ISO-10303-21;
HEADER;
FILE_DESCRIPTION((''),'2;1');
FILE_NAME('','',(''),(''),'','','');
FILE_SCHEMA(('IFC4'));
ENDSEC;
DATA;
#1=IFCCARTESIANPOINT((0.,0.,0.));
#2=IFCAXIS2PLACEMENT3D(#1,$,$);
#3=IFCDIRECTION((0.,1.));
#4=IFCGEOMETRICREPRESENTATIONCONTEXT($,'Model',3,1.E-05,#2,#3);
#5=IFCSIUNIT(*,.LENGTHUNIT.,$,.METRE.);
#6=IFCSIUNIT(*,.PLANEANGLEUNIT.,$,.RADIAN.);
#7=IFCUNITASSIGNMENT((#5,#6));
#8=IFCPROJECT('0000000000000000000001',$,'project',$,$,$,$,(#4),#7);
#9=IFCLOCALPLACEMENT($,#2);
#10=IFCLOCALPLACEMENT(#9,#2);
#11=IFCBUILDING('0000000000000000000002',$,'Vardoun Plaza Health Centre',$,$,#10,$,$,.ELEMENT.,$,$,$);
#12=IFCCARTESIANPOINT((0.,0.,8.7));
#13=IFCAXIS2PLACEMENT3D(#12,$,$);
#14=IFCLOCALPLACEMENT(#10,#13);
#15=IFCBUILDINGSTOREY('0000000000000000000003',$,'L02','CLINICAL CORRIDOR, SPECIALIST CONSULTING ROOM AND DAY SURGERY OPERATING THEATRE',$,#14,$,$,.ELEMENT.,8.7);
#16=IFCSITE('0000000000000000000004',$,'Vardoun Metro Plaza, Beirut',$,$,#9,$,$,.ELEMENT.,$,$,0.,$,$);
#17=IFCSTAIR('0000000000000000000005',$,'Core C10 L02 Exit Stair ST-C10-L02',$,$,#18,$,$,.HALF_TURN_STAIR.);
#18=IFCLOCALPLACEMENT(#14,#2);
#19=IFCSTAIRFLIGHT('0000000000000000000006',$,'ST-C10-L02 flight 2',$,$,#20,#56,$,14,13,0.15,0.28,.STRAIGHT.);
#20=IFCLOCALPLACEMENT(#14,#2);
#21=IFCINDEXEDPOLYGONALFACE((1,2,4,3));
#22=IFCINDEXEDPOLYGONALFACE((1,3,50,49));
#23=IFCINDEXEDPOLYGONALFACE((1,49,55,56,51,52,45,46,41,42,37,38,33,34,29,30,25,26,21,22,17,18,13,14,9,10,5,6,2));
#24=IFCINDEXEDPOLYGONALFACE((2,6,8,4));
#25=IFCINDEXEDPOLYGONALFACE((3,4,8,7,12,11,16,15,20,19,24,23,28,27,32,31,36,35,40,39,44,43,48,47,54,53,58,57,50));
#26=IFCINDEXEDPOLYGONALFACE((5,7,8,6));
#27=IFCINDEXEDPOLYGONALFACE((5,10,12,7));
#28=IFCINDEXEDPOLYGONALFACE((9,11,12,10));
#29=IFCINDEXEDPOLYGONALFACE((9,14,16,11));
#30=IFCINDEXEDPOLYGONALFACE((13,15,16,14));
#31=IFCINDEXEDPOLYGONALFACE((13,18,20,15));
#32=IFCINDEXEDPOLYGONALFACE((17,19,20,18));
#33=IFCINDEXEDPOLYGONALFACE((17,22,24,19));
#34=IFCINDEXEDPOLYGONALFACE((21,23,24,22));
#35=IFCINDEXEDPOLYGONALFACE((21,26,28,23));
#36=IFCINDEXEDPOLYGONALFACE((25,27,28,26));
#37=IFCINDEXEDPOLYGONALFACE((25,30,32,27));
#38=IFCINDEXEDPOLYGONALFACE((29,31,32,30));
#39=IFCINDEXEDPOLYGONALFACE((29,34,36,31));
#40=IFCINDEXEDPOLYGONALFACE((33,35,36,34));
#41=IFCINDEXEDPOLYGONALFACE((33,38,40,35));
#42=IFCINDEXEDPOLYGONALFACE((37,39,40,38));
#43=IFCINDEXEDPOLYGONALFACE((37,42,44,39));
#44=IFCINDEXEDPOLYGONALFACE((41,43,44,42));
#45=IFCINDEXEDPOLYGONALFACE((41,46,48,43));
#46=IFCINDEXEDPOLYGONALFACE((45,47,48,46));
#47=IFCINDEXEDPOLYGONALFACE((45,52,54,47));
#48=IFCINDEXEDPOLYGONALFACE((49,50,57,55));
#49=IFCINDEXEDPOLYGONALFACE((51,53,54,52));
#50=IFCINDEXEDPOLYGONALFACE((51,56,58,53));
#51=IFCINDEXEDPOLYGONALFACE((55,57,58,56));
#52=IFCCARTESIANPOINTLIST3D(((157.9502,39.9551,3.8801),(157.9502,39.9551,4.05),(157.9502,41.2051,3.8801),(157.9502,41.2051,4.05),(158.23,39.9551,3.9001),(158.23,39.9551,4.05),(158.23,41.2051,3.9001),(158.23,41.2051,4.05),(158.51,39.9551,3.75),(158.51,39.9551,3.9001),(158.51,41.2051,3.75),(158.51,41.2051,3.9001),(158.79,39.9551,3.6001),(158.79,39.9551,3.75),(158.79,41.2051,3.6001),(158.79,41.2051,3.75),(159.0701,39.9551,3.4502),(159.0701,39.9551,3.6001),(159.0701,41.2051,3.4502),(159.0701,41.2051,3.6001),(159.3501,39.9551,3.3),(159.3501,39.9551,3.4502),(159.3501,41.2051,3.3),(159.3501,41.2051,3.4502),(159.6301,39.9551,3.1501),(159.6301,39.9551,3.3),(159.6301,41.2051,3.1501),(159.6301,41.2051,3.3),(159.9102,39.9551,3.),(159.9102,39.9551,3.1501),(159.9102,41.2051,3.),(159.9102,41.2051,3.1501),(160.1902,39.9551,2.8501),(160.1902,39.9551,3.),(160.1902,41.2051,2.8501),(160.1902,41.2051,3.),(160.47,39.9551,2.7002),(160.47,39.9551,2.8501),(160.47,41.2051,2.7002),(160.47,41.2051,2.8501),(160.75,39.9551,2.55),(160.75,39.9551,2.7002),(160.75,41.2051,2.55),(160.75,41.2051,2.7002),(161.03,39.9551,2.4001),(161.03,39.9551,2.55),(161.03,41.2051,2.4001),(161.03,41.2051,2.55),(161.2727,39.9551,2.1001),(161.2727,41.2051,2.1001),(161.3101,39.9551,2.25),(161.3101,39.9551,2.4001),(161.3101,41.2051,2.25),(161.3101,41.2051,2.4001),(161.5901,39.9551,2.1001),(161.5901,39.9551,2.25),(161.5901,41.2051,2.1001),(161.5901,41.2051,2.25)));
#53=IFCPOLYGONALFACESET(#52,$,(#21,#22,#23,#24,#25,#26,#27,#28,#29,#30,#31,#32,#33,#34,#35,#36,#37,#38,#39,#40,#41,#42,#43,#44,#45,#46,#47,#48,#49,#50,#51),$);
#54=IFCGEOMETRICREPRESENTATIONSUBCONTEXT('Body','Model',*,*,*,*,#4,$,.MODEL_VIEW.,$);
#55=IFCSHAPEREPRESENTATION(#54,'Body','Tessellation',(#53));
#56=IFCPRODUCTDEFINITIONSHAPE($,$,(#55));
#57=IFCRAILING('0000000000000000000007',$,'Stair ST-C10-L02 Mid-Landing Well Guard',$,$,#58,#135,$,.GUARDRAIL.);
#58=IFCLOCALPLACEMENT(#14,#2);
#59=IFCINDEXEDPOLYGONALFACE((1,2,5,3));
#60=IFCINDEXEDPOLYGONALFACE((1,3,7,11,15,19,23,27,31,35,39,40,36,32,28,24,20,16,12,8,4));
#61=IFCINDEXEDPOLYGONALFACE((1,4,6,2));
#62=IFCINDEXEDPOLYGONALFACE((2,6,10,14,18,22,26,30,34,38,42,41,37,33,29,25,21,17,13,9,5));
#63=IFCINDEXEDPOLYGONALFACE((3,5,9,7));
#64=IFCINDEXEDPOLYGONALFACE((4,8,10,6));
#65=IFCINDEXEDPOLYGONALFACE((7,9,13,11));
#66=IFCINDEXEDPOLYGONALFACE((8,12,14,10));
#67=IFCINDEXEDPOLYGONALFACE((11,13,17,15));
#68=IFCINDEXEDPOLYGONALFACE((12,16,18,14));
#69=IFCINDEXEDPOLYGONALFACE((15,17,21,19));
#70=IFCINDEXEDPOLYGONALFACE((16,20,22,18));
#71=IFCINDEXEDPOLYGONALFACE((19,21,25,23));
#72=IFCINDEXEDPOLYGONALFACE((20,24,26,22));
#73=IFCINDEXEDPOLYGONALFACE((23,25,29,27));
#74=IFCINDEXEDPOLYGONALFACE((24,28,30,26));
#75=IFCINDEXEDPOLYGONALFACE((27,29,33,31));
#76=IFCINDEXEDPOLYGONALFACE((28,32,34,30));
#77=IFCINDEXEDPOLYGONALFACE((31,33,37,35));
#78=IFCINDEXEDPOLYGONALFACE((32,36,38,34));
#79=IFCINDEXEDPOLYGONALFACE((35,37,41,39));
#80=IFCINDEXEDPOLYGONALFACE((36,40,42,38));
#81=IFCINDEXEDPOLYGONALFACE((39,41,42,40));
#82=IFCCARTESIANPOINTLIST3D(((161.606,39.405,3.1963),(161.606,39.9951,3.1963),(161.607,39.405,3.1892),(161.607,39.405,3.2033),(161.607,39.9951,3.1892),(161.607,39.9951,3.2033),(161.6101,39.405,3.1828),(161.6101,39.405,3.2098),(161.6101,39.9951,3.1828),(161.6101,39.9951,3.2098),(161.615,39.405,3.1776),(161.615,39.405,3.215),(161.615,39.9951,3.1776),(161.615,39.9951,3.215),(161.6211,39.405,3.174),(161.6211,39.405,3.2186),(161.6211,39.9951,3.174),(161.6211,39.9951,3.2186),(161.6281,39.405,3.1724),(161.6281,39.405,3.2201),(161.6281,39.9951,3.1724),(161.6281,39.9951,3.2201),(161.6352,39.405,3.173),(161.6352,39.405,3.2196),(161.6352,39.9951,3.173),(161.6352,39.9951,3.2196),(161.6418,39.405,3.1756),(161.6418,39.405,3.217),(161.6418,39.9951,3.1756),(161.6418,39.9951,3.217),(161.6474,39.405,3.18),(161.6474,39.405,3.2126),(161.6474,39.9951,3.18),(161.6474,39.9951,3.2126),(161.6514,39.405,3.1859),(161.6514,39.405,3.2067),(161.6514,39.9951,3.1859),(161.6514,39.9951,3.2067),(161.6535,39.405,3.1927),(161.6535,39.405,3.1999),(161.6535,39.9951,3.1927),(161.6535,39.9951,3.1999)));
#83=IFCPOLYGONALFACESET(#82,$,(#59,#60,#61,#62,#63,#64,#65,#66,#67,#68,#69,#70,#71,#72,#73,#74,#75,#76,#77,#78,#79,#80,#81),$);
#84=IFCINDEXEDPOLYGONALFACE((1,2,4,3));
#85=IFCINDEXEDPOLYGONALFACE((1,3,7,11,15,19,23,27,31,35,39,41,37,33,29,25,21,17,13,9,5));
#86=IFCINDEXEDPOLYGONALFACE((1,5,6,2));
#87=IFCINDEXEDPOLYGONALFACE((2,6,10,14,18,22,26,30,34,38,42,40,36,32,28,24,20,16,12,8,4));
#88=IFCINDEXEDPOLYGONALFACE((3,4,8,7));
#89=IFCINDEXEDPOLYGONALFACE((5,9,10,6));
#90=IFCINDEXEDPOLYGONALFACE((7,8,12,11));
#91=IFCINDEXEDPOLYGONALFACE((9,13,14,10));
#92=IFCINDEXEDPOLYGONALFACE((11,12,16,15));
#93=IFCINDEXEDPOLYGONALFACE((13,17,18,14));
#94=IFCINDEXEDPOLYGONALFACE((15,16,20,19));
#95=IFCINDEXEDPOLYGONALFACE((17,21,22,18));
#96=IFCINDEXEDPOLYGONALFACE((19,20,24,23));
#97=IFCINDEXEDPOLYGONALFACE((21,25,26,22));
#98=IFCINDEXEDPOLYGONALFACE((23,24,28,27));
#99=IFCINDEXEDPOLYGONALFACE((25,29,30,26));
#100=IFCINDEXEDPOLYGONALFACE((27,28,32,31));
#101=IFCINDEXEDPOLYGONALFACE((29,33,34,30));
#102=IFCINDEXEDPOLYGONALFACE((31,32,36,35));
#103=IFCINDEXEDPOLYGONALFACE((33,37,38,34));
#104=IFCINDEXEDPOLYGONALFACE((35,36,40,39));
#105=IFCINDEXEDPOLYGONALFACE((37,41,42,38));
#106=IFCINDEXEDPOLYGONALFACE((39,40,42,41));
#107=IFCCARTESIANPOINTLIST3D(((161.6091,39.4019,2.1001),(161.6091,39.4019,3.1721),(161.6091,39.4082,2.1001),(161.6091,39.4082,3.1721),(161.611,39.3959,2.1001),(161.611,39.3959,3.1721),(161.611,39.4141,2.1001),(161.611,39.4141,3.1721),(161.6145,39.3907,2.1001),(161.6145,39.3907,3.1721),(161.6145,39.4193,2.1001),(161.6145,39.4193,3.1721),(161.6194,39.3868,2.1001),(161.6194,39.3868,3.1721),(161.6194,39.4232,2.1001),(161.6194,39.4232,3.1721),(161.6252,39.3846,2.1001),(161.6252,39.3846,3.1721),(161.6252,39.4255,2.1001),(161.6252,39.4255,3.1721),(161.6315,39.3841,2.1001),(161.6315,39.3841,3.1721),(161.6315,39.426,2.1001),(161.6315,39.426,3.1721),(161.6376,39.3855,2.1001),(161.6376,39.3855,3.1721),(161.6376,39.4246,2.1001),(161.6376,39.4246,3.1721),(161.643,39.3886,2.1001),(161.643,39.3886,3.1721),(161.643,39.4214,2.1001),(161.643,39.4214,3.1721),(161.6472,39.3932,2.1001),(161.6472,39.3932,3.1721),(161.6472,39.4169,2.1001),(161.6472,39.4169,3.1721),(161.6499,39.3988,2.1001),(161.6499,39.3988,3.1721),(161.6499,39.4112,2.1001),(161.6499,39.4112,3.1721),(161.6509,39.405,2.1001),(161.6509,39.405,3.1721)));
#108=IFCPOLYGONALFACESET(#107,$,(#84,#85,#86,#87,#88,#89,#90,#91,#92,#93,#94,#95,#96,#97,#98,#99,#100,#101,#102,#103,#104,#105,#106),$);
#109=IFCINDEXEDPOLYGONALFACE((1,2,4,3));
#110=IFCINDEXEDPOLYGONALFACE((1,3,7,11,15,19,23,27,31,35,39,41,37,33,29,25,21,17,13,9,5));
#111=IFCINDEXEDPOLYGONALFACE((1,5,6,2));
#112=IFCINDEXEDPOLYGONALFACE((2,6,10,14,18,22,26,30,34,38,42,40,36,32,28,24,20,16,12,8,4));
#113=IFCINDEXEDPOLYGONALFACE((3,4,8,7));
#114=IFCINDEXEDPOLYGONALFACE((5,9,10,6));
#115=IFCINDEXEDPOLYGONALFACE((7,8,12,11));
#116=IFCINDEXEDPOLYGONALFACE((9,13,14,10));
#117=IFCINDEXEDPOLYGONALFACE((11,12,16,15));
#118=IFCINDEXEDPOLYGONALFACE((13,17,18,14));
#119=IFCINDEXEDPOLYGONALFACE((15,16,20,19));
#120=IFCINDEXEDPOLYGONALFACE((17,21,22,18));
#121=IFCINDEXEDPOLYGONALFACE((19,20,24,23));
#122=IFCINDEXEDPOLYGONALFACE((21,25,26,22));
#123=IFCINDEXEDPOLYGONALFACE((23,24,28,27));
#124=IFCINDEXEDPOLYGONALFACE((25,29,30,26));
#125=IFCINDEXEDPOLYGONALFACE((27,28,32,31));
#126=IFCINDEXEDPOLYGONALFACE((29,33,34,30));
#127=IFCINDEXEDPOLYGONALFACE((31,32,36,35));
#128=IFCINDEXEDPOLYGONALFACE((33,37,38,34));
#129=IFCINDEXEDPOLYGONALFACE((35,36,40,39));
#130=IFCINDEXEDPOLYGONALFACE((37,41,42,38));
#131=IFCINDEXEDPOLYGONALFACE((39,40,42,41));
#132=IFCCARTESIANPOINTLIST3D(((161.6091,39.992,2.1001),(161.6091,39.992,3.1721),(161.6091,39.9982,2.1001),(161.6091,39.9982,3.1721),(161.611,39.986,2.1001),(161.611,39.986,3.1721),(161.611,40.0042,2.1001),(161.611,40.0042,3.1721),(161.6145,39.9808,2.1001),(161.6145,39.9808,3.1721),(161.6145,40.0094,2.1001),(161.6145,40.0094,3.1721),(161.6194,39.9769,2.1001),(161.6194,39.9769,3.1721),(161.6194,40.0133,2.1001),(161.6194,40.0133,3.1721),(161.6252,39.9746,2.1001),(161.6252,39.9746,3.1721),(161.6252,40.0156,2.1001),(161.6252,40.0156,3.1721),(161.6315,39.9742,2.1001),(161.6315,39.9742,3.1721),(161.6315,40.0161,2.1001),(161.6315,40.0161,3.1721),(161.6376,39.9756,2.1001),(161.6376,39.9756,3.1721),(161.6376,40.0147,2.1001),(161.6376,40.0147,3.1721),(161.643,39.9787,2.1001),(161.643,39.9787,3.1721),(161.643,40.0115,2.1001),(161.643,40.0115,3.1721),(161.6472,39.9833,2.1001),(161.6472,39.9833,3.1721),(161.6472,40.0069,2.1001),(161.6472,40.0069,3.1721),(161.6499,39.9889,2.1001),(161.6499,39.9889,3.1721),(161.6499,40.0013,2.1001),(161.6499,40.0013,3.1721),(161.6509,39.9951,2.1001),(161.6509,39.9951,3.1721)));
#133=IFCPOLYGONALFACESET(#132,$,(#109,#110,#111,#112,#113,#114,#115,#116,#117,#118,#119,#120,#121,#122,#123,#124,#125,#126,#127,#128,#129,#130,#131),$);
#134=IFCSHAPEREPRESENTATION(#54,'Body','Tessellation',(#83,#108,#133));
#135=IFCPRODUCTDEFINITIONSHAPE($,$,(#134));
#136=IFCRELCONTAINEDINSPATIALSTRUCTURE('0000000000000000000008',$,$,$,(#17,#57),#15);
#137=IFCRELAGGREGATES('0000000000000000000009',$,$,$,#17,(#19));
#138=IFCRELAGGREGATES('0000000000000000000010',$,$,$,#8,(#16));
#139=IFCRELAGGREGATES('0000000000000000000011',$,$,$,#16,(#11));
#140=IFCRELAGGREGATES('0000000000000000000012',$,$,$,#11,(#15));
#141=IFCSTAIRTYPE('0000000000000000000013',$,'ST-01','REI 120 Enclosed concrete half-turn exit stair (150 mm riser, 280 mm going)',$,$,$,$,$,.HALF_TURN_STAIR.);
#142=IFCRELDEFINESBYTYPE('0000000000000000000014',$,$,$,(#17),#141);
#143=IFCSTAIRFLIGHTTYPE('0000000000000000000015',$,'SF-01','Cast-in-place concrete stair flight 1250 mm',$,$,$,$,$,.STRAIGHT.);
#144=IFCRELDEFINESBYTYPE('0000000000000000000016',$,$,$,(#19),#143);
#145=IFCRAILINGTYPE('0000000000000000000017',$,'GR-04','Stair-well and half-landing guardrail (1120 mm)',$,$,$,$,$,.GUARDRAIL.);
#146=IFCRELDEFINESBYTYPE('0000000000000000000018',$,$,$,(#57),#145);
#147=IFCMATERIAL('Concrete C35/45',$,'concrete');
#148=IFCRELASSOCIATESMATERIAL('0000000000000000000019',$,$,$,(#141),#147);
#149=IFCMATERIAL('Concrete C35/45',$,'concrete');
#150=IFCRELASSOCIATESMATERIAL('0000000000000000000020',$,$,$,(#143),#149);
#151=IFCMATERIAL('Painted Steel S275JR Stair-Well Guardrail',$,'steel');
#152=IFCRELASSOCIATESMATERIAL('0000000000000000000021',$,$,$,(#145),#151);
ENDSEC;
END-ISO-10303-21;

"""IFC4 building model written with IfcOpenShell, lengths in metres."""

from ifc_helpers import new_model, si_unit, direction, frame, origin, origin_2d, place, context, subcontext, project, spatial, polyline, circle, outline, extrude, material, type_object, element, aggregate, save


model = new_model("IFC4")

# Units and contexts
model_context = context("Model", 3, precision=1e-05, world=origin(), true_north=direction((0.0, 1.0)))
body_context = subcontext(model_context, "Body", "Model", "MODEL_VIEW")
ifc_project = project(units=[si_unit("LENGTHUNIT", "METRE"), si_unit("PLANEANGLEUNIT", "RADIAN")], contexts=[model_context])

# Site, building, storey
site_placement = place(None, origin())
site = spatial("IfcSite", under=ifc_project, at=site_placement, Name="Vardoun Metro Plaza, Beirut", CompositionType="ELEMENT", RefElevation=0.0)
building_placement = place(site_placement, origin())
building = spatial("IfcBuilding", under=site, at=building_placement, Name="Vardoun Plaza Health Centre", CompositionType="ELEMENT")
storey_placement = place(building_placement, frame((0.0, 0.0, 8.7)))
storey = spatial("IfcBuildingStorey", under=building, at=storey_placement, Name="L02", Description="CLINICAL CORRIDOR, SPECIALIST CONSULTING ROOM AND DAY SURGERY OPERATING THEATRE", CompositionType="ELEMENT", Elevation=8.7)

# Stair, stair flight
ifc_material_1 = material(Name="Concrete C35/45", Category="concrete")
stair_type = type_object("IfcStairType", Name="ST-01", Description="REI 120 Enclosed concrete half-turn exit stair (150 mm riser, 280 mm going)", PredefinedType="HALF_TURN_STAIR", material=ifc_material_1)
stair_placement = place(storey_placement, origin())
stair = element("IfcStair", 1, at=stair_placement, inside=storey, type_object=stair_type, Name="Core C10 L02 Exit Stair ST-C10-L02", PredefinedType="HALF_TURN_STAIR")
ifc_material_2 = material(Name="Concrete C35/45", Category="concrete")
stair_flight_type = type_object("IfcStairFlightType", Name="SF-01", Description="Cast-in-place concrete stair flight 1250 mm", PredefinedType="STRAIGHT", material=ifc_material_2)
stair_flight_placement = place(storey_placement, frame((161.5901, 40.5801, 2.1001), z_axis=(0.0, 0.0, 1.0), x_axis=(-1.0, 0.0, 0.0)))
stair_flight = element("IfcStairFlight", 2, at=stair_flight_placement, type_object=stair_flight_type, Name="ST-C10-L02 flight 2", NumberOfRisers=14, NumberOfTreads=13, PredefinedType="STRAIGHT", RiserHeight=0.15, TreadLength=0.28, context=body_context, shape_type="SweptSolid", body=[
    extrude(outline(polyline([(0.0, 0.0), (0.0, 0.1499), (0.28, 0.1499), (0.28, 0.3), (0.5601, 0.3), (0.5601, 0.45), (0.8401, 0.45), (0.8401, 0.6001), (1.1201, 0.6001), (1.1201, 0.75), (1.3999, 0.75), (1.3999, 0.8999), (1.6799, 0.8999), (1.6799, 1.05), (1.96, 1.05), (1.96, 1.2), (2.24, 1.2), (2.24, 1.3501), (2.52, 1.3501), (2.52, 1.5), (2.8, 1.5), (2.8, 1.6499), (3.0801, 1.6499), (3.0801, 1.8), (3.3601, 1.8), (3.3601, 1.95), (3.6399, 1.95), (3.6399, 2.1001), (3.6399, 1.78), (0.3174, 0.0), (0.0, 0.0)])), frame((0.0, 0.625, 0.0), z_axis=(0.0, -1.0, 0.0), x_axis=(1.0, 0.0, 0.0)), (0.0, 0.0, 1.0), 1.25),
])
aggregate(stair, [stair_flight])

# Railing
ifc_material_3 = material(Name="Painted Steel S275JR Stair-Well Guardrail", Category="steel")
railing_type_1 = type_object("IfcRailingType", Name="GR-04", Description="Stair-well and half-landing guardrail (1120 mm)", PredefinedType="GUARDRAIL", material=ifc_material_3)
railing_1_placement = place(storey_placement, frame((161.6299, 39.405, 2.1001)))
element("IfcRailing", 3, at=railing_1_placement, inside=storey, type_object=railing_type_1, Name="Stair ST-C10-L02 Mid-Landing Well Guard", PredefinedType="GUARDRAIL", context=body_context, shape_type="SweptSolid", body=[
    extrude(circle(Radius=0.0239, at=origin_2d()), frame((0.0, 0.0, 1.0962), z_axis=(0.0, 1.0, 0.0), x_axis=(-1.0, 0.0, 0.0)), (0.0, 0.0, 1.0), 0.5901),
    extrude(circle(Radius=0.021, at=origin_2d()), origin(), (0.0, 0.0, 1.0), 1.072),
    extrude(circle(Radius=0.021, at=origin_2d()), frame((0.0, 0.5901, 0.0)), (0.0, 0.0, 1.0), 1.072),
])

save(model, "model.ifc")
